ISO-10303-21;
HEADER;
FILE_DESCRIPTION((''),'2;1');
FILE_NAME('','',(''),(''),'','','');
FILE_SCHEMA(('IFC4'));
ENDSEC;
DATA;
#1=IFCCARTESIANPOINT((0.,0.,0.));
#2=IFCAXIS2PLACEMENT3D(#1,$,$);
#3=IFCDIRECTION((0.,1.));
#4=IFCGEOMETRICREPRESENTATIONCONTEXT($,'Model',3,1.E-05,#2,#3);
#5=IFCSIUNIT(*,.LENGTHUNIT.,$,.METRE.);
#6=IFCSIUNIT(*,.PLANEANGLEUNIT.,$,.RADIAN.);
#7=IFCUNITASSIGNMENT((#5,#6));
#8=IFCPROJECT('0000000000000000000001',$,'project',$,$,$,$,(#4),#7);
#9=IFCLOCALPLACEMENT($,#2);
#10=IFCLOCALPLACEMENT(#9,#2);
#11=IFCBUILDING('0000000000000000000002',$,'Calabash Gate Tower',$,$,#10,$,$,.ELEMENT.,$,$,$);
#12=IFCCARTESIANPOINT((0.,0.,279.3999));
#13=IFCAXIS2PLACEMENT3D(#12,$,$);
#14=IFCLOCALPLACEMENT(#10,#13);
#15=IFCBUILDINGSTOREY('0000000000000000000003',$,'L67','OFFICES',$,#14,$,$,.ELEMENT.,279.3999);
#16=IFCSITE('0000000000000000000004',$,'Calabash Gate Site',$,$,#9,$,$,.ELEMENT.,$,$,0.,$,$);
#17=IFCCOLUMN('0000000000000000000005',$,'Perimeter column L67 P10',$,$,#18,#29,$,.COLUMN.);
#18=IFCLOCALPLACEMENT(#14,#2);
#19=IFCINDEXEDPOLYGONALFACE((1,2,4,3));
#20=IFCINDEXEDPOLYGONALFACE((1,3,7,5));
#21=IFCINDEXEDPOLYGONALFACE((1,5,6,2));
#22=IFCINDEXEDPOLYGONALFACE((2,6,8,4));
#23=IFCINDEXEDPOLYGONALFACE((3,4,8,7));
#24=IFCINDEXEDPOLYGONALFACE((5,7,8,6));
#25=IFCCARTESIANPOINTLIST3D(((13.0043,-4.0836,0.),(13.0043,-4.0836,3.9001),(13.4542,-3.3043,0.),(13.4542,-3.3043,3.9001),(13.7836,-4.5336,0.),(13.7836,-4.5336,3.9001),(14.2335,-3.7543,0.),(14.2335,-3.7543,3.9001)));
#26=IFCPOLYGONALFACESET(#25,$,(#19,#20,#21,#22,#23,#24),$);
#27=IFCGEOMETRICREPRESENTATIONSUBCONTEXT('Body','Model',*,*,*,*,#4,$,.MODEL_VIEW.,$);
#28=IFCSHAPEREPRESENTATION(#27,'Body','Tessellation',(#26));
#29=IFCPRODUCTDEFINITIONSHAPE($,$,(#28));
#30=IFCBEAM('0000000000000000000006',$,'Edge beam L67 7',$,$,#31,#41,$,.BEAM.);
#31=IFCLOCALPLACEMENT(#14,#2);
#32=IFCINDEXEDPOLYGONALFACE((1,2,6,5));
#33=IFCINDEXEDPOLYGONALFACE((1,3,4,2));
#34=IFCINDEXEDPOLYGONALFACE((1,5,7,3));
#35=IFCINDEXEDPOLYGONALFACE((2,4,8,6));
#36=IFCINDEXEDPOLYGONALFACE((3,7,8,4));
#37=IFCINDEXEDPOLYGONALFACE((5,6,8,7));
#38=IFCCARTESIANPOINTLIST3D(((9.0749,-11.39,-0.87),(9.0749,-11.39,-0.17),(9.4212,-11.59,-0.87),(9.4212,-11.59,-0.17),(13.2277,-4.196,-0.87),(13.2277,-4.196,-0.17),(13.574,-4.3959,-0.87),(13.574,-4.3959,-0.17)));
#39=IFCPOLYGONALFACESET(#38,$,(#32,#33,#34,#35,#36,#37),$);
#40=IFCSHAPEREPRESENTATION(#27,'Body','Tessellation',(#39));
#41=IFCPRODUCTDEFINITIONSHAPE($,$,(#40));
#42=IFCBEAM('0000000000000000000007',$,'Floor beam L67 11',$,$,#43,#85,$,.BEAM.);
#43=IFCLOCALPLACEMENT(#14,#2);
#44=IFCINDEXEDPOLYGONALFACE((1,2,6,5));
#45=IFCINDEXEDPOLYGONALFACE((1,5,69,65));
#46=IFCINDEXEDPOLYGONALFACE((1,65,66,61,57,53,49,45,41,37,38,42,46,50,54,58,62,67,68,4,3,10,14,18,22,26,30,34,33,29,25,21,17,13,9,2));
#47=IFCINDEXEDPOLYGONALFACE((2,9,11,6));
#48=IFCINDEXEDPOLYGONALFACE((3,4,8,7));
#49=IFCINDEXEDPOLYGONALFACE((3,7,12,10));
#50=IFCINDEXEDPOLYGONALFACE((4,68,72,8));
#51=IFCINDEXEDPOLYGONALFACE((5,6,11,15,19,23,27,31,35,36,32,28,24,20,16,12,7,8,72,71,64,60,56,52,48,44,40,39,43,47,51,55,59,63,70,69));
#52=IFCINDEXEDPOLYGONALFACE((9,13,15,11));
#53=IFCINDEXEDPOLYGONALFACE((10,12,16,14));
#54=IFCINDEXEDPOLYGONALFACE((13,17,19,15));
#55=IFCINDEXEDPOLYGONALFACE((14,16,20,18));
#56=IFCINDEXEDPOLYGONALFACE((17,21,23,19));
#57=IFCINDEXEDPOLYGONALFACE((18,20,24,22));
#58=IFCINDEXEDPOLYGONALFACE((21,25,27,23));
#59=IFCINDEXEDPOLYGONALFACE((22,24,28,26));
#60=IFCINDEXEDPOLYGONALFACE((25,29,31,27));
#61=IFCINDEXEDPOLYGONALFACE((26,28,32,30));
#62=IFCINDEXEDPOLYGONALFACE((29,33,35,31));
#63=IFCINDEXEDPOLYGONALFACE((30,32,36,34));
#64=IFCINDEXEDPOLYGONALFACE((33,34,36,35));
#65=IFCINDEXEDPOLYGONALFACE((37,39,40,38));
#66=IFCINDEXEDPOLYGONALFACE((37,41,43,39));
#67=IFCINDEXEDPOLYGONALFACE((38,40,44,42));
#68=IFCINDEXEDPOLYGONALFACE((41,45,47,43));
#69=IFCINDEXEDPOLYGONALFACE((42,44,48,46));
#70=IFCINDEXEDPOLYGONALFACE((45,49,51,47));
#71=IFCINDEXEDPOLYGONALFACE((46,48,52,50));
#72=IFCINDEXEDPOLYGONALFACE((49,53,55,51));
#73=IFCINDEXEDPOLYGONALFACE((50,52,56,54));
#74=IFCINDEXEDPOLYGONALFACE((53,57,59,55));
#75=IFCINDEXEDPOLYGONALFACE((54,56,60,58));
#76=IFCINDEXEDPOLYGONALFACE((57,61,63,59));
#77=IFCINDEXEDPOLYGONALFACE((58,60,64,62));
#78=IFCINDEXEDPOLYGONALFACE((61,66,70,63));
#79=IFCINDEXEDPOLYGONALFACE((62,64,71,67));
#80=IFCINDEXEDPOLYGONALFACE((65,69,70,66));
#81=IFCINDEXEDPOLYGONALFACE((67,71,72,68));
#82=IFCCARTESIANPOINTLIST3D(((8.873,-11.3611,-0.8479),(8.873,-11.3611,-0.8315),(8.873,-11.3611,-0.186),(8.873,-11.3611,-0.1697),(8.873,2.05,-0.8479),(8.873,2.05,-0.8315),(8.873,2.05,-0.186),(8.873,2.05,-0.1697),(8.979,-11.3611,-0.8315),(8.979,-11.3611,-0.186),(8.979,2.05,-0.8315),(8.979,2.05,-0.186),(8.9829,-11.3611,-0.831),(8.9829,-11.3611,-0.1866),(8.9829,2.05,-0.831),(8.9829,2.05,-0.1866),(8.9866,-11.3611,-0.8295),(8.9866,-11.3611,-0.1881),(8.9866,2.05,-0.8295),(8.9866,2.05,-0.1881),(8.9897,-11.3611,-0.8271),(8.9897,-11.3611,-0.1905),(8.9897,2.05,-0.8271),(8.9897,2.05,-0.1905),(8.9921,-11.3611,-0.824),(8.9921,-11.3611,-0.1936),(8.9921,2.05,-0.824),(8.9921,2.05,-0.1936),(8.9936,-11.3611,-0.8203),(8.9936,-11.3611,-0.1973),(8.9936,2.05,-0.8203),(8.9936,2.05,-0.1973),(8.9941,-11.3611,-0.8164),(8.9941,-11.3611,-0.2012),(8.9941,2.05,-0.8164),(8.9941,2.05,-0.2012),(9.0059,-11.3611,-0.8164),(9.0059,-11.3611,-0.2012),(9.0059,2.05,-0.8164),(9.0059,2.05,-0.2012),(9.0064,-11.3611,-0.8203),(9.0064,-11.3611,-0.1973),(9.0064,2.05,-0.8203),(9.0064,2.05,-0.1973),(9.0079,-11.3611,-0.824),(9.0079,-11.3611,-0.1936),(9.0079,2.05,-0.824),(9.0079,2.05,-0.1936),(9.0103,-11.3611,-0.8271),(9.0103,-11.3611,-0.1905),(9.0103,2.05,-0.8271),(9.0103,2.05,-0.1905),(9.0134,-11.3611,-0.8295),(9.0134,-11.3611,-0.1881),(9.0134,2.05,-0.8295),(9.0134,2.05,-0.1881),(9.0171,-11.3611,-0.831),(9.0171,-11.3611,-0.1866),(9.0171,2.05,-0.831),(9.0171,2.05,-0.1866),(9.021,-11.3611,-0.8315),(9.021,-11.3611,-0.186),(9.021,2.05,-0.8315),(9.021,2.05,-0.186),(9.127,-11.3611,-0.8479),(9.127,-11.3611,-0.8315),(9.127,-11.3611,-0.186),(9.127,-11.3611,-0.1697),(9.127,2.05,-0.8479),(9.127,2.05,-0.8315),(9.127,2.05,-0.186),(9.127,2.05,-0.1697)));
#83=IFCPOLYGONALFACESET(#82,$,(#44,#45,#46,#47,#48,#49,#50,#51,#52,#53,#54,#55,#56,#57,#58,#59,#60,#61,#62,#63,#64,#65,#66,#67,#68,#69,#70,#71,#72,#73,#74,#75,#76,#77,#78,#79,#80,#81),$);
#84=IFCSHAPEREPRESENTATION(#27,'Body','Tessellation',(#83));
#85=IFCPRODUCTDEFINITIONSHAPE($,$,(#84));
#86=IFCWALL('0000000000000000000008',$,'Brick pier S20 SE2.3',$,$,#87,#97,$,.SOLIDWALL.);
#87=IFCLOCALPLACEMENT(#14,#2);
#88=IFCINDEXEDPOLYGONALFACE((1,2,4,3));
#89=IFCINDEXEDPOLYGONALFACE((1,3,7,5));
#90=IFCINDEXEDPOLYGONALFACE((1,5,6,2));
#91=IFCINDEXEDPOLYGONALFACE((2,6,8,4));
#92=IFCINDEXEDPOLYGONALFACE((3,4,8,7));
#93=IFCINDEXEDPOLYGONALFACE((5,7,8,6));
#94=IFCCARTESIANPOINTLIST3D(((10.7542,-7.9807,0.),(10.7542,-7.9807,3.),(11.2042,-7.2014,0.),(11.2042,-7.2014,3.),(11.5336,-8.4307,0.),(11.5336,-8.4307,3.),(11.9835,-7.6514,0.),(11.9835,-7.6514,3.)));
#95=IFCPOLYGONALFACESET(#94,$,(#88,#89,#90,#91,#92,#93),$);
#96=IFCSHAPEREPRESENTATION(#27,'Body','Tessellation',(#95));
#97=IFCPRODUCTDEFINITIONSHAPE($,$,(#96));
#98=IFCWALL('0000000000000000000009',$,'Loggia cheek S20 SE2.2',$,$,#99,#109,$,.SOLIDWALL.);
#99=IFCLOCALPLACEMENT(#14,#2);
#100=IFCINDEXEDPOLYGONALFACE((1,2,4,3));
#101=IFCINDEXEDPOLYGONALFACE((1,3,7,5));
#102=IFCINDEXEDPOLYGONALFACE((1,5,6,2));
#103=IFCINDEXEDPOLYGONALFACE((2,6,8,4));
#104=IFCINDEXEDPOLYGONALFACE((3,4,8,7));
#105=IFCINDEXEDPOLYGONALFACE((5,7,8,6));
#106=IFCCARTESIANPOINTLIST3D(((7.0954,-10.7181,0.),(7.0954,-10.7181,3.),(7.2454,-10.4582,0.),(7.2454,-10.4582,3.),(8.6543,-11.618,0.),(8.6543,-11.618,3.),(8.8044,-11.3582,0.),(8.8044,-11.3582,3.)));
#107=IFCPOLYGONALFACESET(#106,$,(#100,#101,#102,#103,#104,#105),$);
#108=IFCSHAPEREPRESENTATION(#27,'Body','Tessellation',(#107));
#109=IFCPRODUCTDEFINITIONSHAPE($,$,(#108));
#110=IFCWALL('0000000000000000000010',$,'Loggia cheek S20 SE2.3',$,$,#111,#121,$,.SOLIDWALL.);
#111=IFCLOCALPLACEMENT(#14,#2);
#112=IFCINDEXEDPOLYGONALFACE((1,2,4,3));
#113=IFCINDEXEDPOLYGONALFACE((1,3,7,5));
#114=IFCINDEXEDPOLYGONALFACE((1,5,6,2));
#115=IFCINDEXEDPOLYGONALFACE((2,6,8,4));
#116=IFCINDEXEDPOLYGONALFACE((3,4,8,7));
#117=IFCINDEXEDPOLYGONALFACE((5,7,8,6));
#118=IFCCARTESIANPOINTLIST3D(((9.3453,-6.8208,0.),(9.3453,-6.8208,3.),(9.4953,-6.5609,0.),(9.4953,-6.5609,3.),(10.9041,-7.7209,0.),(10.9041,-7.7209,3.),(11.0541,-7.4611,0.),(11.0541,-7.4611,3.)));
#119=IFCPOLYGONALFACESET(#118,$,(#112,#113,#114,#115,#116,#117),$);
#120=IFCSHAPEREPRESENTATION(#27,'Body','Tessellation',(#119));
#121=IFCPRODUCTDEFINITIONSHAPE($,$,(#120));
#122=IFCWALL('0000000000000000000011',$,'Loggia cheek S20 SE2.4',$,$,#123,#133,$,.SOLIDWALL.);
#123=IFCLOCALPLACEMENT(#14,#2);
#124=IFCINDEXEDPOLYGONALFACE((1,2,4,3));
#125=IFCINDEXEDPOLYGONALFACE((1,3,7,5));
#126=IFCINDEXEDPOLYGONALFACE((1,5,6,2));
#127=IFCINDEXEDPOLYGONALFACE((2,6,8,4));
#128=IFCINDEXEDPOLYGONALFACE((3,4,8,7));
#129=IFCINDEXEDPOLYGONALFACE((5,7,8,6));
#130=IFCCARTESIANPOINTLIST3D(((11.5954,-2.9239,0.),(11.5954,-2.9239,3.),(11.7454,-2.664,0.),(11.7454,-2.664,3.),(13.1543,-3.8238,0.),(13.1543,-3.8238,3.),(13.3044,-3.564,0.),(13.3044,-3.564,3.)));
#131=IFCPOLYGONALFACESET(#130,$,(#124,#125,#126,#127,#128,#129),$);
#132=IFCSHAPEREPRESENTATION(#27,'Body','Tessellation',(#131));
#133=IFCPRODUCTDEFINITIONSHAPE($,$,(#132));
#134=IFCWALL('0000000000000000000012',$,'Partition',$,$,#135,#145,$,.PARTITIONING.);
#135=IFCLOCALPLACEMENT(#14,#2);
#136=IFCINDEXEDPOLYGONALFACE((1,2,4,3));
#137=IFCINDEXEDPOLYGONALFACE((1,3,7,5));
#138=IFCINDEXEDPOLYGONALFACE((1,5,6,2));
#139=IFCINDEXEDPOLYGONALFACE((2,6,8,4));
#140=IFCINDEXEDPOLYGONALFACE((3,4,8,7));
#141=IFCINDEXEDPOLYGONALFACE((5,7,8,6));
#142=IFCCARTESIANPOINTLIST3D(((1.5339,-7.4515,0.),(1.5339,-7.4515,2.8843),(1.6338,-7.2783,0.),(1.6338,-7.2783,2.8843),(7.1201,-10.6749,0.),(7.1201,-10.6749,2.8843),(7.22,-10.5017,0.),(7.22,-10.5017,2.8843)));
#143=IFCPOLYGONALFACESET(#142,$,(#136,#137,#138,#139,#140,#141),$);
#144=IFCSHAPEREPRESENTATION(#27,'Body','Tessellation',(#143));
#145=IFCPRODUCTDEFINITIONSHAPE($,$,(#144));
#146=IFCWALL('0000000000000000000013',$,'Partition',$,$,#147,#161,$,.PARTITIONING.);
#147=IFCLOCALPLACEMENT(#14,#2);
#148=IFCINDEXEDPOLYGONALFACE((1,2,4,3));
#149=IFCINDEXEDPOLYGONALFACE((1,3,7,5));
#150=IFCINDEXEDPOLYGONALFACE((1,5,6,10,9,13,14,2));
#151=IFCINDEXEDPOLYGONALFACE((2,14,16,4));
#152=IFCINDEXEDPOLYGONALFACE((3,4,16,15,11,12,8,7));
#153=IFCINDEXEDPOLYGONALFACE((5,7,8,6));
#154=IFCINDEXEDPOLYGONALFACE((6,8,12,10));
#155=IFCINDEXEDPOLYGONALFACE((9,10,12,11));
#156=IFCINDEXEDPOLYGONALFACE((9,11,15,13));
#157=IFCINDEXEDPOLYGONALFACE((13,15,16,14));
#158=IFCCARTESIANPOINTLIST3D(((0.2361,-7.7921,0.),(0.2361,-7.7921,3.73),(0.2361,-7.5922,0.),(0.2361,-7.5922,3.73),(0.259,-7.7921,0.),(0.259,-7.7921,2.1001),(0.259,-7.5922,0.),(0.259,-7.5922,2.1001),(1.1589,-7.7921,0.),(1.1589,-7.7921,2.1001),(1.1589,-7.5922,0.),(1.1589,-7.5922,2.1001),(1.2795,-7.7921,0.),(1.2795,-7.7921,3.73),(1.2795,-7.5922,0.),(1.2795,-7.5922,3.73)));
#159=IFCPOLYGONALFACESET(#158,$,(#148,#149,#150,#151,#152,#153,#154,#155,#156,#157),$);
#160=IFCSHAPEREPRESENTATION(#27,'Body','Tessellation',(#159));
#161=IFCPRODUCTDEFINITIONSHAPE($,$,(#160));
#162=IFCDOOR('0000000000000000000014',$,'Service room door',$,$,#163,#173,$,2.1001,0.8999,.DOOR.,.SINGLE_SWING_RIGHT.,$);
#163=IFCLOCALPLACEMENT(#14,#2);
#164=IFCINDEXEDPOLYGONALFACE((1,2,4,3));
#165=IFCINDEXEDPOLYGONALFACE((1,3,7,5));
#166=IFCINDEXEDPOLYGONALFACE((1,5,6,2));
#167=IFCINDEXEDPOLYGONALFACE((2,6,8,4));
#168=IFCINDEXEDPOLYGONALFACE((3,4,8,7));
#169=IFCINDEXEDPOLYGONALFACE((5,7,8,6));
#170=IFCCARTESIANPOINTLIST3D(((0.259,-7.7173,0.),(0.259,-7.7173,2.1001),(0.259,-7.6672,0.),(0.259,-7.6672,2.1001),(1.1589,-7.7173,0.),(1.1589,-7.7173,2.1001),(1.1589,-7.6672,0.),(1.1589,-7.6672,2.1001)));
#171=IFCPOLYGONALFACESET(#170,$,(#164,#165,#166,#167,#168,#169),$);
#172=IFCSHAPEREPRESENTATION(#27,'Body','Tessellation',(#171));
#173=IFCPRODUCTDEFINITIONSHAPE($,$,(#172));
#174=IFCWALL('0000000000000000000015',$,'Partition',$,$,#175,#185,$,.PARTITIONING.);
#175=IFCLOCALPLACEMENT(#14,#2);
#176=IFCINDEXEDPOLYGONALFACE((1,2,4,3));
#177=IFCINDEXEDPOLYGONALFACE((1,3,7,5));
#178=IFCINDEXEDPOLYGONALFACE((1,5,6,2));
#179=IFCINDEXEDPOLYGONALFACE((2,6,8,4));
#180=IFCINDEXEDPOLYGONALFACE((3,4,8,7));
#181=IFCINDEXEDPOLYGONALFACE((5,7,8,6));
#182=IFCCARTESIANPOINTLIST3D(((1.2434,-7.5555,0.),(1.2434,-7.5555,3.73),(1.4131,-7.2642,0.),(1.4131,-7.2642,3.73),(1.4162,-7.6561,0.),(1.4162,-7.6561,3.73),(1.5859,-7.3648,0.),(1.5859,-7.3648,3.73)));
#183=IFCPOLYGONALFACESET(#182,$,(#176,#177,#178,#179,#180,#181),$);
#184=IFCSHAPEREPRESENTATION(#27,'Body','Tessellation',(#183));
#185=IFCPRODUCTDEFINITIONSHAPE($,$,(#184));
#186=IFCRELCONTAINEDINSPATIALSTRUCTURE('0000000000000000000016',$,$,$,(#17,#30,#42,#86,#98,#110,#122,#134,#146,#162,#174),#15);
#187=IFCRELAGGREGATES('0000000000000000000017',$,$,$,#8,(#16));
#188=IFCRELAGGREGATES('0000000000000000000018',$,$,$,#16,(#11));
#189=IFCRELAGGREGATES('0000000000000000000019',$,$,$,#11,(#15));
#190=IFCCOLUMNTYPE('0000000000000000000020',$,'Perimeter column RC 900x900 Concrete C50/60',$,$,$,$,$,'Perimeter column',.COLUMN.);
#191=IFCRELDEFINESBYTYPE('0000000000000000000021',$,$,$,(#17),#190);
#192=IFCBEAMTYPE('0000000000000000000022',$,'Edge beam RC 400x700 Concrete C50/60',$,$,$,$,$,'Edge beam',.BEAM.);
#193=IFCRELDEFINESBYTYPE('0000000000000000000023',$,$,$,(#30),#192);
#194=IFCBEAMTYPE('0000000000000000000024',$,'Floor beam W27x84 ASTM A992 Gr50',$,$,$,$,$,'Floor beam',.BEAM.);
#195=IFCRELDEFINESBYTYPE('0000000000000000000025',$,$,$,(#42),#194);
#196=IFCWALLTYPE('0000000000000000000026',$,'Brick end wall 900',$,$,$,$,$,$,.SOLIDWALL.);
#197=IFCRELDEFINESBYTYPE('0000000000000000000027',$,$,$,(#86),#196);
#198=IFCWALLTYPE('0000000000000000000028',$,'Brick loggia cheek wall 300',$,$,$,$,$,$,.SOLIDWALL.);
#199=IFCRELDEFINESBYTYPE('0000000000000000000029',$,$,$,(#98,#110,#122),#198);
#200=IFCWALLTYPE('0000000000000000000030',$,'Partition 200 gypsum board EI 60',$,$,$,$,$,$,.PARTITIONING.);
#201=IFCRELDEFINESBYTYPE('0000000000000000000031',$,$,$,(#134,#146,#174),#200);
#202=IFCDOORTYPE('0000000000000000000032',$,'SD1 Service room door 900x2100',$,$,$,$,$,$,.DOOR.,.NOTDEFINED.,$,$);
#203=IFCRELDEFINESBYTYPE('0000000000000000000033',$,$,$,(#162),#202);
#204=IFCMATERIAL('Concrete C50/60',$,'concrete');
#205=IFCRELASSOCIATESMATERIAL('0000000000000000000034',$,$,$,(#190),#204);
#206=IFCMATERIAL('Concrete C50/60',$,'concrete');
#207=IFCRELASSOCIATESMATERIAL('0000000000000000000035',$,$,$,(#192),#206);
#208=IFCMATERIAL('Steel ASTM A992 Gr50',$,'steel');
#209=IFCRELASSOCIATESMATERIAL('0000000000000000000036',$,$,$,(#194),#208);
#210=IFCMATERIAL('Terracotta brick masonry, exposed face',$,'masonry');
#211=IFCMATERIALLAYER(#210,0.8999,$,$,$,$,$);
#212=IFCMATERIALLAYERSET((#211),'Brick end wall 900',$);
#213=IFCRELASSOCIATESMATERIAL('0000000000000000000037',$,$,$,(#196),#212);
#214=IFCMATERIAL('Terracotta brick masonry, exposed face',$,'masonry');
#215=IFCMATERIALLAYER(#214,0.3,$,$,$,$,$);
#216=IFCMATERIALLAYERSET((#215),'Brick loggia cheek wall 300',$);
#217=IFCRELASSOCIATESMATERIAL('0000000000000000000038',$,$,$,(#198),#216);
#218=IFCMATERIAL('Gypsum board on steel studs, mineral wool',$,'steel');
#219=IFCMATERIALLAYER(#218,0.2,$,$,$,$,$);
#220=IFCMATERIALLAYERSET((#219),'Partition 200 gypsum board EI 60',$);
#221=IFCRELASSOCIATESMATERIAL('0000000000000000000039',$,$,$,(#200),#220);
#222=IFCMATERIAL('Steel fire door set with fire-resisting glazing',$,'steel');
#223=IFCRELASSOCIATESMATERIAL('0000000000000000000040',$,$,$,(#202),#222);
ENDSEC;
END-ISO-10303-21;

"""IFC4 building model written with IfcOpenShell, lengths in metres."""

from ifc_helpers import new_model, si_unit, direction, frame, frame_2d, origin, origin_2d, place, context, subcontext, project, spatial, rectangle, i_section, extrude, material, layer, layer_set, material_profile, profile_set, type_object, element, fill, save


model = new_model("IFC4")

# Units and contexts
model_context = context("Model", 3, precision=1e-05, world=origin(), true_north=direction((0.0, 1.0)))
body_context = subcontext(model_context, "Body", "Model", "MODEL_VIEW")
ifc_project = project(units=[si_unit("LENGTHUNIT", "METRE"), si_unit("PLANEANGLEUNIT", "RADIAN")], contexts=[model_context])

# Site, building, storey
site_placement = place(None, origin())
site = spatial("IfcSite", under=ifc_project, at=site_placement, Name="Calabash Gate Site", CompositionType="ELEMENT", RefElevation=0.0)
building_placement = place(site_placement, origin())
building = spatial("IfcBuilding", under=site, at=building_placement, Name="Calabash Gate Tower", CompositionType="ELEMENT")
storey_placement = place(building_placement, frame((0.0, 0.0, 279.3999)))
storey = spatial("IfcBuildingStorey", under=building, at=storey_placement, Name="L67", Description="OFFICES", CompositionType="ELEMENT", Elevation=279.3999)

# Column
ifc_material_1 = material(Name="Concrete C50/60", Category="concrete")
ifc_material_profile_1 = material_profile(ifc_material_1, rectangle(XDim=0.8999, YDim=0.8999, at=origin_2d()))
ifc_profile_set_1 = profile_set([ifc_material_profile_1], Name="Concrete C50/60")
column_type = type_object("IfcColumnType", Name="Perimeter column RC 900x900 Concrete C50/60", ElementType="Perimeter column", PredefinedType="COLUMN", material=ifc_profile_set_1)
column_placement = place(storey_placement, frame((13.6189, -3.9189, 0.0), z_axis=(0.0, 0.0, 1.0), x_axis=(0.5, 0.866025, 0.0)))
element("IfcColumn", 1, at=column_placement, inside=storey, type_object=column_type, Name="Perimeter column L67 P10", PredefinedType="COLUMN", context=body_context, shape_type="SweptSolid", body=[
    extrude(rectangle(XDim=0.8999, YDim=0.8999, at=origin_2d()), origin(), (0.0, 0.0, 1.0), 3.9001),
])

# Beams
ifc_material_2 = material(Name="Concrete C50/60", Category="concrete")
ifc_material_profile_2 = material_profile(ifc_material_2, rectangle(XDim=0.3999, YDim=0.7, at=origin_2d()))
ifc_profile_set_2 = profile_set([ifc_material_profile_2], Name="Concrete C50/60")
beam_type_1 = type_object("IfcBeamType", Name="Edge beam RC 400x700 Concrete C50/60", ElementType="Edge beam", PredefinedType="BEAM", material=ifc_profile_set_2)
beam_1_placement = place(storey_placement, frame((9.248, -11.49, -0.52), z_axis=(0.499939, 0.866061, 0.0), x_axis=(-0.866061, 0.499939, 0.0)))
element("IfcBeam", 2, at=beam_1_placement, inside=storey, type_object=beam_type_1, Name="Edge beam L67 7", PredefinedType="BEAM", context=body_context, shape_type="SweptSolid", body=[
    extrude(rectangle(XDim=0.3999, YDim=0.7, at=origin_2d()), origin(), (0.0, 0.0, 1.0), 8.3066),
])
ifc_material_3 = material(Name="Steel ASTM A992 Gr50", Category="steel")
ifc_material_profile_3 = material_profile(ifc_material_3, i_section(OverallWidth=0.2539, OverallDepth=0.6782, WebThickness=0.0117, FlangeThickness=0.0164, FilletRadius=0.0151, at=origin_2d()))
ifc_profile_set_3 = profile_set([ifc_material_profile_3], Name="Steel ASTM A992 Gr50")
beam_type_2 = type_object("IfcBeamType", Name="Floor beam W27x84 ASTM A992 Gr50", ElementType="Floor beam", PredefinedType="BEAM", material=ifc_profile_set_3)
beam_2_placement = place(storey_placement, frame((9.0, -11.3611, -0.5088), z_axis=(0.0, 1.0, 0.0), x_axis=(-1.0, 0.0, 0.0)))
element("IfcBeam", 3, at=beam_2_placement, inside=storey, type_object=beam_type_2, Name="Floor beam L67 11", PredefinedType="BEAM", context=body_context, shape_type="SweptSolid", body=[
    extrude(i_section(OverallWidth=0.2539, OverallDepth=0.6782, WebThickness=0.0117, FlangeThickness=0.0164, FilletRadius=0.0151, at=origin_2d()), origin(), (0.0, 0.0, 1.0), 13.4111),
])

# Walls
ifc_material_4 = material(Name="Terracotta brick masonry, exposed face", Category="masonry")
ifc_layer_1 = layer(ifc_material_4, 0.8999)
ifc_layer_set_1 = layer_set([ifc_layer_1], Name="Brick end wall 900")
wall_type_1 = type_object("IfcWallType", Name="Brick end wall 900", PredefinedType="SOLIDWALL", material=ifc_layer_set_1)
wall_1_placement = place(storey_placement, frame((11.7585, -8.041, 0.0), z_axis=(0.0, 0.0, 1.0), x_axis=(-0.866014, 0.50002, 0.0)))
element("IfcWall", 4, at=wall_1_placement, inside=storey, type_object=wall_type_1, Name="Brick pier S20 SE2.3", PredefinedType="SOLIDWALL", context=body_context, shape_type="SweptSolid", body=[
    extrude(rectangle(XDim=0.8999, YDim=0.8999, at=frame_2d((0.45, 0.0))), origin(), (0.0, 0.0, 1.0), 3.0),
])
ifc_material_5 = material(Name="Terracotta brick masonry, exposed face", Category="masonry")
ifc_layer_2 = layer(ifc_material_5, 0.3)
ifc_layer_set_2 = layer_set([ifc_layer_2], Name="Brick loggia cheek wall 300")
wall_type_2 = type_object("IfcWallType", Name="Brick loggia cheek wall 300", PredefinedType="SOLIDWALL", material=ifc_layer_set_2)
for number, where, z_axis, x_axis, name in (
    (5, (8.7292, -11.488, 0.0), (0.0, 0.0, 1.0), (-0.866048, 0.499961, 0.0), "Loggia cheek S20 SE2.2"),
    (6, (9.4204, -6.6909, 0.0), (0.0, 0.0, 1.0), (0.865989, -0.500063, 0.0), "Loggia cheek S20 SE2.3"),
    (7, (13.2292, -3.6938, 0.0), (0.0, 0.0, 1.0), (-0.866048, 0.499961, 0.0), "Loggia cheek S20 SE2.4"),
):
    element("IfcWall", number, at=place(storey_placement, frame(where, z_axis=z_axis, x_axis=x_axis)), inside=storey, type_object=wall_type_2, Name=name, PredefinedType="SOLIDWALL", context=body_context, shape_type="SweptSolid", body=[
        extrude(rectangle(XDim=1.8, YDim=0.3, at=frame_2d((0.8999, 0.0))), origin(), (0.0, 0.0, 1.0), 3.0),
    ])
ifc_material_6 = material(Name="Gypsum board on steel studs, mineral wool", Category="steel")
ifc_layer_3 = layer(ifc_material_6, 0.2)
ifc_layer_set_3 = layer_set([ifc_layer_3], Name="Partition 200 gypsum board EI 60")
wall_type_3 = type_object("IfcWallType", Name="Partition 200 gypsum board EI 60", PredefinedType="PARTITIONING", material=ifc_layer_set_3)
wall_2_placement = place(storey_placement, frame((1.584, -7.365, 0.0), z_axis=(0.0, 0.0, 1.0), x_axis=(0.866146, -0.499791, 0.0)))
element("IfcWall", 8, at=wall_2_placement, inside=storey, type_object=wall_type_3, Name="Partition", PredefinedType="PARTITIONING", context=body_context, shape_type="SweptSolid", body=[
    extrude(rectangle(XDim=6.4495, YDim=0.2, at=frame_2d((3.2246, 0.0))), origin(), (0.0, 0.0, 1.0), 2.8843),
])

# Wall, opening, door
wall_3_placement = place(storey_placement, frame((0.2361, -7.6921, 0.0), z_axis=(0.0, 0.0, 1.0), x_axis=(1.0, 0.0, 0.0)))
wall_3 = element("IfcWall", 9, at=wall_3_placement, inside=storey, type_object=wall_type_3, Name="Partition", PredefinedType="PARTITIONING", context=body_context, shape_type="SweptSolid", body=[
    extrude(rectangle(XDim=1.0435, YDim=0.2, at=frame_2d((0.5217, 0.0))), origin(), (0.0, 0.0, 1.0), 3.73),
])
opening_1_placement = place(wall_3_placement, frame((0.0229, 0.0, 0.0)))
opening_1 = element("IfcOpeningElement", 10, at=opening_1_placement, cuts=wall_3, PredefinedType="OPENING", context=body_context, shape_type="SweptSolid", body=[
    extrude(rectangle(XDim=0.8999, YDim=2.1001, at=frame_2d((0.45, 1.05))), frame((0.0, 0.1099, 0.0), z_axis=(0.0, -1.0, 0.0), x_axis=(1.0, 0.0, 0.0)), (0.0, 0.0, 1.0), 0.22),
])
ifc_material_7 = material(Name="Steel fire door set with fire-resisting glazing", Category="steel")
door_type_1 = type_object("IfcDoorType", Name="SD1 Service room door 900x2100", OperationType="NOTDEFINED", PredefinedType="DOOR", material=ifc_material_7)
door_1_placement = place(opening_1_placement, origin())
door_1 = element("IfcDoor", 11, at=door_1_placement, inside=storey, type_object=door_type_1, Name="Service room door", OperationType="SINGLE_SWING_RIGHT", OverallHeight=2.1001, OverallWidth=0.8999, PredefinedType="DOOR", context=body_context, shape_type="SweptSolid", body=[
    extrude(rectangle(XDim=0.8999, YDim=2.1001, at=frame_2d((0.45, 1.05))), frame((0.0, 0.0249, 0.0), z_axis=(0.0, -1.0, 0.0), x_axis=(1.0, 0.0, 0.0)), (0.0, 0.0, 1.0), 0.05),
])
fill(opening_1, door_1)

# Wall
wall_4_placement = place(storey_placement, frame((1.3298, -7.6057, 0.0), z_axis=(0.0, 0.0, 1.0), x_axis=(0.503376, 0.864068, 0.0)))
element("IfcWall", 12, at=wall_4_placement, inside=storey, type_object=wall_type_3, Name="Partition", PredefinedType="PARTITIONING", context=body_context, shape_type="SweptSolid", body=[
    extrude(rectangle(XDim=0.3372, YDim=0.2, at=frame_2d((0.1685, 0.0))), origin(), (0.0, 0.0, 1.0), 3.73),
])

save(model, "model.ifc")
